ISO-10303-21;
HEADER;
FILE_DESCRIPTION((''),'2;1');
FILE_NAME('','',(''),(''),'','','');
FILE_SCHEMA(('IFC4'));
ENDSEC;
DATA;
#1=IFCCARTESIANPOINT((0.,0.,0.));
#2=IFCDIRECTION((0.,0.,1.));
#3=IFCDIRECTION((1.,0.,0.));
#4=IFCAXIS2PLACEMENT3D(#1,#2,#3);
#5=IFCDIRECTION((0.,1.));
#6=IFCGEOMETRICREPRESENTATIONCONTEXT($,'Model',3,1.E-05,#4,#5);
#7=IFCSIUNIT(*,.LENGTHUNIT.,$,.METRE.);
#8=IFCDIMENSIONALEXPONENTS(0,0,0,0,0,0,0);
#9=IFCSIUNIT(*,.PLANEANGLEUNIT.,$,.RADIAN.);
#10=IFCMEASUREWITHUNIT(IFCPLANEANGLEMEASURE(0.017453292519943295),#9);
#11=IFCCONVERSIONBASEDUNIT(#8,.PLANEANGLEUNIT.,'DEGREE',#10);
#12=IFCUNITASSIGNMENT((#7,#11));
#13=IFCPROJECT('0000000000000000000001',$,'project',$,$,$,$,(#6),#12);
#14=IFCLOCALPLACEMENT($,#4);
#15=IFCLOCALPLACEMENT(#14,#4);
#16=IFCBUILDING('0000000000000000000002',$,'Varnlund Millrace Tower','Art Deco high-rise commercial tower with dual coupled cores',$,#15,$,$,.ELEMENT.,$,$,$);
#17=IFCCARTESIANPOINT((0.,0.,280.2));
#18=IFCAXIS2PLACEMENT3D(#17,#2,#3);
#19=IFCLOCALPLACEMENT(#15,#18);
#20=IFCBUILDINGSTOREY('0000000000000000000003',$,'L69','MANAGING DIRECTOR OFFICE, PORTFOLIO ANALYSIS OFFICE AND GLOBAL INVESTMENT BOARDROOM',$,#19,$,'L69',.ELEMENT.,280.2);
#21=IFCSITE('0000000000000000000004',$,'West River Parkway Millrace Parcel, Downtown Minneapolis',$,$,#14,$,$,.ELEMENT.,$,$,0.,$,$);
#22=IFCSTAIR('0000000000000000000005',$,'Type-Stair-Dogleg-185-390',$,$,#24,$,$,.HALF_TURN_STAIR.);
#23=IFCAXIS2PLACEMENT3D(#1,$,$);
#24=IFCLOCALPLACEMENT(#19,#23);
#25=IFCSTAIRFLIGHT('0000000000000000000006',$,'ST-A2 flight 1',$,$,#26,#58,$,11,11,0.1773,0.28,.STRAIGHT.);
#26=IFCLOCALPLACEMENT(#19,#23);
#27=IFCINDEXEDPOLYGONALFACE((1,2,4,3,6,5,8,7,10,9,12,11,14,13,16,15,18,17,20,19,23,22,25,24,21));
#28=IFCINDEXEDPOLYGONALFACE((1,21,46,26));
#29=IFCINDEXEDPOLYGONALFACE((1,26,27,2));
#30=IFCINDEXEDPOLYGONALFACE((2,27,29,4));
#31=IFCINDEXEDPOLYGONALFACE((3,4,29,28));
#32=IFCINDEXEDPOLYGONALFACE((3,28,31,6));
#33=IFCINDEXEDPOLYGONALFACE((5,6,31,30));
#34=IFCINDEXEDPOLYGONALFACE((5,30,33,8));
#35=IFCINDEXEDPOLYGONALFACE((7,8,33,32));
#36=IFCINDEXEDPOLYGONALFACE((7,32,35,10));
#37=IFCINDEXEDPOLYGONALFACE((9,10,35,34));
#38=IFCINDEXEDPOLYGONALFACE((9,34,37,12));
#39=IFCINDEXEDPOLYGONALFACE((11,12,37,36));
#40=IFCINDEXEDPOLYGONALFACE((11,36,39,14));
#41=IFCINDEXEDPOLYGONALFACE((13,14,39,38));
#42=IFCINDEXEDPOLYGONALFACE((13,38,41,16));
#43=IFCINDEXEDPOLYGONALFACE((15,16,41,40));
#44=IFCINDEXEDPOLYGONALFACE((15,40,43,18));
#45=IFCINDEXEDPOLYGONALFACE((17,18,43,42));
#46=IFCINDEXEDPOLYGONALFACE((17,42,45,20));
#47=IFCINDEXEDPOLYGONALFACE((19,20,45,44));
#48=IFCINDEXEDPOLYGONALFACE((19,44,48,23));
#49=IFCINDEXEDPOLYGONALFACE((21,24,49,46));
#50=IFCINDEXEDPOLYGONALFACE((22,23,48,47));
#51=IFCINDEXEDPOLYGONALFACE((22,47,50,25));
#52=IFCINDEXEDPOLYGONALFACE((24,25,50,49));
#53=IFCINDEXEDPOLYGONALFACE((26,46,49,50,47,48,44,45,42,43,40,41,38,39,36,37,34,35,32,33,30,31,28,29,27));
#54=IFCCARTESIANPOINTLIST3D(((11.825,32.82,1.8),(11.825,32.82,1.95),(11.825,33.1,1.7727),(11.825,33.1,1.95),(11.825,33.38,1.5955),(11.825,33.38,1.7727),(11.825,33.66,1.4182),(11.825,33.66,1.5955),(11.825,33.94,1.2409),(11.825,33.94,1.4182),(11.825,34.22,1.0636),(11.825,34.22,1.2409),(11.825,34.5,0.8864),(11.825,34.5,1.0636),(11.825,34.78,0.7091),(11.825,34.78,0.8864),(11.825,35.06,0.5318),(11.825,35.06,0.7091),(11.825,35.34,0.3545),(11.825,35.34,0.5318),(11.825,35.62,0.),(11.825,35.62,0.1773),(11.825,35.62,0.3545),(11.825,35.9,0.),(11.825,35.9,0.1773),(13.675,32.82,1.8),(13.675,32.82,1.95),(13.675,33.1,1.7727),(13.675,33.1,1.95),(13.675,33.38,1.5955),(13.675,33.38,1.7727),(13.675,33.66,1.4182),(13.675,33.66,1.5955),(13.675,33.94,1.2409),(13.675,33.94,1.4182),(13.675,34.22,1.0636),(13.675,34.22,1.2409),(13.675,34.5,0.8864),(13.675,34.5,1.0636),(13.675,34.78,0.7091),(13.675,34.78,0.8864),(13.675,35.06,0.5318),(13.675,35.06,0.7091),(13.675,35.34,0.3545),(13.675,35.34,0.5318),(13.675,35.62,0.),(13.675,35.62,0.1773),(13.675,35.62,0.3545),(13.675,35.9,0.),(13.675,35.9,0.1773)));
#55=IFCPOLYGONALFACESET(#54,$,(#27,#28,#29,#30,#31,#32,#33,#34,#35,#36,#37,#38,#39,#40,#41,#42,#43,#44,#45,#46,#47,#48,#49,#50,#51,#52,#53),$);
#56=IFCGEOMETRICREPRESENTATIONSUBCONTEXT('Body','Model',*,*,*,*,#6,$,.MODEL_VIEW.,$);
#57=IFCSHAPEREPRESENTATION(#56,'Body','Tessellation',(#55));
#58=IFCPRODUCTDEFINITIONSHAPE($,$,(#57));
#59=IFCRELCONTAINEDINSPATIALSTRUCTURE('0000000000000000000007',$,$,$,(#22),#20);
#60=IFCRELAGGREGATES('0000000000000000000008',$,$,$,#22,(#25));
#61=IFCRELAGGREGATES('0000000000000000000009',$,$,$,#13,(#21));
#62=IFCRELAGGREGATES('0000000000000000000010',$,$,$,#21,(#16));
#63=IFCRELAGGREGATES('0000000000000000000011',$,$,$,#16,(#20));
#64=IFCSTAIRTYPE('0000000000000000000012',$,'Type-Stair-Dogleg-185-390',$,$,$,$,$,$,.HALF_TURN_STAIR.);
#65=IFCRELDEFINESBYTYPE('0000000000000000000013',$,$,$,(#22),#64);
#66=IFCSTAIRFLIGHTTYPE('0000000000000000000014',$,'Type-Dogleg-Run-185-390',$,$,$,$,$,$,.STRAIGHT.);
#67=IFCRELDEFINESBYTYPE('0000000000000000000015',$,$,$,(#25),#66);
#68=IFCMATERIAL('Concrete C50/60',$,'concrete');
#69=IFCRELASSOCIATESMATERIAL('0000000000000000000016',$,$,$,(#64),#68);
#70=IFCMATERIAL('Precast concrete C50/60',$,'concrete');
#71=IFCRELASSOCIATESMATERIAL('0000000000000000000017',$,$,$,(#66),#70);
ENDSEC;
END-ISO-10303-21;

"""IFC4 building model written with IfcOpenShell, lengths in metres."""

from ifc_helpers import new_model, entity, si_unit, converted_unit, direction, frame, origin_with_axes, place, context, subcontext, project, spatial, polyline, outline, extrude, material, type_object, element, aggregate, save


model = new_model("IFC4")

# Units and contexts
model_context = context("Model", 3, precision=1e-05, world=origin_with_axes(), true_north=direction((0.0, 1.0)))
body_context = subcontext(model_context, "Body", "Model", "MODEL_VIEW")
ifc_project = project(units=[si_unit("LENGTHUNIT", "METRE"), converted_unit("PLANEANGLEUNIT", "DEGREE", entity("IfcPlaneAngleMeasure", 0.017453292519943295), si_unit("PLANEANGLEUNIT", "RADIAN"), dimensions=[0, 0, 0, 0, 0, 0, 0])], contexts=[model_context])

# Site, building, storey
site_placement = place(None, origin_with_axes())
site = spatial("IfcSite", under=ifc_project, at=site_placement, Name="West River Parkway Millrace Parcel, Downtown Minneapolis", CompositionType="ELEMENT", RefElevation=0.0)
building_placement = place(site_placement, origin_with_axes())
building = spatial("IfcBuilding", under=site, at=building_placement, Name="Varnlund Millrace Tower", Description="Art Deco high-rise commercial tower with dual coupled cores", CompositionType="ELEMENT")
storey_placement = place(building_placement, frame((0.0, 0.0, 280.2), z_axis=(0.0, 0.0, 1.0), x_axis=(1.0, 0.0, 0.0)))
storey = spatial("IfcBuildingStorey", under=building, at=storey_placement, Name="L69", Description="MANAGING DIRECTOR OFFICE, PORTFOLIO ANALYSIS OFFICE AND GLOBAL INVESTMENT BOARDROOM", LongName="L69", CompositionType="ELEMENT", Elevation=280.2)

# Stair, stair flight
ifc_material_1 = material(Name="Concrete C50/60", Category="concrete")
ifc_material_2 = material(Name="Precast concrete C50/60", Category="concrete")
stair_type_1 = type_object("IfcStairType", Name="Type-Stair-Dogleg-185-390", PredefinedType="HALF_TURN_STAIR", material=ifc_material_1)
stair_1_placement = place(storey_placement, origin_with_axes())
stair_1 = element("IfcStair", 1, at=stair_1_placement, inside=storey, type_object=stair_type_1, Name="Type-Stair-Dogleg-185-390", PredefinedType="HALF_TURN_STAIR")
stair_flight_type_1 = type_object("IfcStairFlightType", Name="Type-Dogleg-Run-185-390", PredefinedType="STRAIGHT", material=ifc_material_2)
stair_flight_1_placement = place(storey_placement, frame((13.675, 35.9, 0.0), z_axis=(-1.0, 0.0, 0.0), x_axis=(0.0, -1.0, 0.0)))
stair_flight_1 = element("IfcStairFlight", 2, at=stair_flight_1_placement, type_object=stair_flight_type_1, Name="ST-A2 flight 1", NumberOfRisers=11, NumberOfTreads=11, PredefinedType="STRAIGHT", RiserHeight=0.1773, TreadLength=0.28, context=body_context, shape_type="SweptSolid", body=[
    extrude(outline(polyline([(0.0, 0.0), (0.0, 0.1773), (0.28, 0.1773), (0.28, 0.3545), (0.56, 0.3545), (0.56, 0.5318), (0.84, 0.5318), (0.84, 0.7091), (1.12, 0.7091), (1.12, 0.8864), (1.4, 0.8864), (1.4, 1.0636), (1.68, 1.0636), (1.68, 1.2409), (1.96, 1.2409), (1.96, 1.4182), (2.24, 1.4182), (2.24, 1.5955), (2.52, 1.5955), (2.52, 1.7727), (2.8, 1.7727), (2.8, 1.95), (3.08, 1.95), (3.08, 1.8), (0.28, 0.0), (0.0, 0.0)])), origin_with_axes(), (0.0, 0.0, 1.0), 1.85),
])
aggregate(stair_1, [stair_flight_1])

save(model, "model.ifc")
